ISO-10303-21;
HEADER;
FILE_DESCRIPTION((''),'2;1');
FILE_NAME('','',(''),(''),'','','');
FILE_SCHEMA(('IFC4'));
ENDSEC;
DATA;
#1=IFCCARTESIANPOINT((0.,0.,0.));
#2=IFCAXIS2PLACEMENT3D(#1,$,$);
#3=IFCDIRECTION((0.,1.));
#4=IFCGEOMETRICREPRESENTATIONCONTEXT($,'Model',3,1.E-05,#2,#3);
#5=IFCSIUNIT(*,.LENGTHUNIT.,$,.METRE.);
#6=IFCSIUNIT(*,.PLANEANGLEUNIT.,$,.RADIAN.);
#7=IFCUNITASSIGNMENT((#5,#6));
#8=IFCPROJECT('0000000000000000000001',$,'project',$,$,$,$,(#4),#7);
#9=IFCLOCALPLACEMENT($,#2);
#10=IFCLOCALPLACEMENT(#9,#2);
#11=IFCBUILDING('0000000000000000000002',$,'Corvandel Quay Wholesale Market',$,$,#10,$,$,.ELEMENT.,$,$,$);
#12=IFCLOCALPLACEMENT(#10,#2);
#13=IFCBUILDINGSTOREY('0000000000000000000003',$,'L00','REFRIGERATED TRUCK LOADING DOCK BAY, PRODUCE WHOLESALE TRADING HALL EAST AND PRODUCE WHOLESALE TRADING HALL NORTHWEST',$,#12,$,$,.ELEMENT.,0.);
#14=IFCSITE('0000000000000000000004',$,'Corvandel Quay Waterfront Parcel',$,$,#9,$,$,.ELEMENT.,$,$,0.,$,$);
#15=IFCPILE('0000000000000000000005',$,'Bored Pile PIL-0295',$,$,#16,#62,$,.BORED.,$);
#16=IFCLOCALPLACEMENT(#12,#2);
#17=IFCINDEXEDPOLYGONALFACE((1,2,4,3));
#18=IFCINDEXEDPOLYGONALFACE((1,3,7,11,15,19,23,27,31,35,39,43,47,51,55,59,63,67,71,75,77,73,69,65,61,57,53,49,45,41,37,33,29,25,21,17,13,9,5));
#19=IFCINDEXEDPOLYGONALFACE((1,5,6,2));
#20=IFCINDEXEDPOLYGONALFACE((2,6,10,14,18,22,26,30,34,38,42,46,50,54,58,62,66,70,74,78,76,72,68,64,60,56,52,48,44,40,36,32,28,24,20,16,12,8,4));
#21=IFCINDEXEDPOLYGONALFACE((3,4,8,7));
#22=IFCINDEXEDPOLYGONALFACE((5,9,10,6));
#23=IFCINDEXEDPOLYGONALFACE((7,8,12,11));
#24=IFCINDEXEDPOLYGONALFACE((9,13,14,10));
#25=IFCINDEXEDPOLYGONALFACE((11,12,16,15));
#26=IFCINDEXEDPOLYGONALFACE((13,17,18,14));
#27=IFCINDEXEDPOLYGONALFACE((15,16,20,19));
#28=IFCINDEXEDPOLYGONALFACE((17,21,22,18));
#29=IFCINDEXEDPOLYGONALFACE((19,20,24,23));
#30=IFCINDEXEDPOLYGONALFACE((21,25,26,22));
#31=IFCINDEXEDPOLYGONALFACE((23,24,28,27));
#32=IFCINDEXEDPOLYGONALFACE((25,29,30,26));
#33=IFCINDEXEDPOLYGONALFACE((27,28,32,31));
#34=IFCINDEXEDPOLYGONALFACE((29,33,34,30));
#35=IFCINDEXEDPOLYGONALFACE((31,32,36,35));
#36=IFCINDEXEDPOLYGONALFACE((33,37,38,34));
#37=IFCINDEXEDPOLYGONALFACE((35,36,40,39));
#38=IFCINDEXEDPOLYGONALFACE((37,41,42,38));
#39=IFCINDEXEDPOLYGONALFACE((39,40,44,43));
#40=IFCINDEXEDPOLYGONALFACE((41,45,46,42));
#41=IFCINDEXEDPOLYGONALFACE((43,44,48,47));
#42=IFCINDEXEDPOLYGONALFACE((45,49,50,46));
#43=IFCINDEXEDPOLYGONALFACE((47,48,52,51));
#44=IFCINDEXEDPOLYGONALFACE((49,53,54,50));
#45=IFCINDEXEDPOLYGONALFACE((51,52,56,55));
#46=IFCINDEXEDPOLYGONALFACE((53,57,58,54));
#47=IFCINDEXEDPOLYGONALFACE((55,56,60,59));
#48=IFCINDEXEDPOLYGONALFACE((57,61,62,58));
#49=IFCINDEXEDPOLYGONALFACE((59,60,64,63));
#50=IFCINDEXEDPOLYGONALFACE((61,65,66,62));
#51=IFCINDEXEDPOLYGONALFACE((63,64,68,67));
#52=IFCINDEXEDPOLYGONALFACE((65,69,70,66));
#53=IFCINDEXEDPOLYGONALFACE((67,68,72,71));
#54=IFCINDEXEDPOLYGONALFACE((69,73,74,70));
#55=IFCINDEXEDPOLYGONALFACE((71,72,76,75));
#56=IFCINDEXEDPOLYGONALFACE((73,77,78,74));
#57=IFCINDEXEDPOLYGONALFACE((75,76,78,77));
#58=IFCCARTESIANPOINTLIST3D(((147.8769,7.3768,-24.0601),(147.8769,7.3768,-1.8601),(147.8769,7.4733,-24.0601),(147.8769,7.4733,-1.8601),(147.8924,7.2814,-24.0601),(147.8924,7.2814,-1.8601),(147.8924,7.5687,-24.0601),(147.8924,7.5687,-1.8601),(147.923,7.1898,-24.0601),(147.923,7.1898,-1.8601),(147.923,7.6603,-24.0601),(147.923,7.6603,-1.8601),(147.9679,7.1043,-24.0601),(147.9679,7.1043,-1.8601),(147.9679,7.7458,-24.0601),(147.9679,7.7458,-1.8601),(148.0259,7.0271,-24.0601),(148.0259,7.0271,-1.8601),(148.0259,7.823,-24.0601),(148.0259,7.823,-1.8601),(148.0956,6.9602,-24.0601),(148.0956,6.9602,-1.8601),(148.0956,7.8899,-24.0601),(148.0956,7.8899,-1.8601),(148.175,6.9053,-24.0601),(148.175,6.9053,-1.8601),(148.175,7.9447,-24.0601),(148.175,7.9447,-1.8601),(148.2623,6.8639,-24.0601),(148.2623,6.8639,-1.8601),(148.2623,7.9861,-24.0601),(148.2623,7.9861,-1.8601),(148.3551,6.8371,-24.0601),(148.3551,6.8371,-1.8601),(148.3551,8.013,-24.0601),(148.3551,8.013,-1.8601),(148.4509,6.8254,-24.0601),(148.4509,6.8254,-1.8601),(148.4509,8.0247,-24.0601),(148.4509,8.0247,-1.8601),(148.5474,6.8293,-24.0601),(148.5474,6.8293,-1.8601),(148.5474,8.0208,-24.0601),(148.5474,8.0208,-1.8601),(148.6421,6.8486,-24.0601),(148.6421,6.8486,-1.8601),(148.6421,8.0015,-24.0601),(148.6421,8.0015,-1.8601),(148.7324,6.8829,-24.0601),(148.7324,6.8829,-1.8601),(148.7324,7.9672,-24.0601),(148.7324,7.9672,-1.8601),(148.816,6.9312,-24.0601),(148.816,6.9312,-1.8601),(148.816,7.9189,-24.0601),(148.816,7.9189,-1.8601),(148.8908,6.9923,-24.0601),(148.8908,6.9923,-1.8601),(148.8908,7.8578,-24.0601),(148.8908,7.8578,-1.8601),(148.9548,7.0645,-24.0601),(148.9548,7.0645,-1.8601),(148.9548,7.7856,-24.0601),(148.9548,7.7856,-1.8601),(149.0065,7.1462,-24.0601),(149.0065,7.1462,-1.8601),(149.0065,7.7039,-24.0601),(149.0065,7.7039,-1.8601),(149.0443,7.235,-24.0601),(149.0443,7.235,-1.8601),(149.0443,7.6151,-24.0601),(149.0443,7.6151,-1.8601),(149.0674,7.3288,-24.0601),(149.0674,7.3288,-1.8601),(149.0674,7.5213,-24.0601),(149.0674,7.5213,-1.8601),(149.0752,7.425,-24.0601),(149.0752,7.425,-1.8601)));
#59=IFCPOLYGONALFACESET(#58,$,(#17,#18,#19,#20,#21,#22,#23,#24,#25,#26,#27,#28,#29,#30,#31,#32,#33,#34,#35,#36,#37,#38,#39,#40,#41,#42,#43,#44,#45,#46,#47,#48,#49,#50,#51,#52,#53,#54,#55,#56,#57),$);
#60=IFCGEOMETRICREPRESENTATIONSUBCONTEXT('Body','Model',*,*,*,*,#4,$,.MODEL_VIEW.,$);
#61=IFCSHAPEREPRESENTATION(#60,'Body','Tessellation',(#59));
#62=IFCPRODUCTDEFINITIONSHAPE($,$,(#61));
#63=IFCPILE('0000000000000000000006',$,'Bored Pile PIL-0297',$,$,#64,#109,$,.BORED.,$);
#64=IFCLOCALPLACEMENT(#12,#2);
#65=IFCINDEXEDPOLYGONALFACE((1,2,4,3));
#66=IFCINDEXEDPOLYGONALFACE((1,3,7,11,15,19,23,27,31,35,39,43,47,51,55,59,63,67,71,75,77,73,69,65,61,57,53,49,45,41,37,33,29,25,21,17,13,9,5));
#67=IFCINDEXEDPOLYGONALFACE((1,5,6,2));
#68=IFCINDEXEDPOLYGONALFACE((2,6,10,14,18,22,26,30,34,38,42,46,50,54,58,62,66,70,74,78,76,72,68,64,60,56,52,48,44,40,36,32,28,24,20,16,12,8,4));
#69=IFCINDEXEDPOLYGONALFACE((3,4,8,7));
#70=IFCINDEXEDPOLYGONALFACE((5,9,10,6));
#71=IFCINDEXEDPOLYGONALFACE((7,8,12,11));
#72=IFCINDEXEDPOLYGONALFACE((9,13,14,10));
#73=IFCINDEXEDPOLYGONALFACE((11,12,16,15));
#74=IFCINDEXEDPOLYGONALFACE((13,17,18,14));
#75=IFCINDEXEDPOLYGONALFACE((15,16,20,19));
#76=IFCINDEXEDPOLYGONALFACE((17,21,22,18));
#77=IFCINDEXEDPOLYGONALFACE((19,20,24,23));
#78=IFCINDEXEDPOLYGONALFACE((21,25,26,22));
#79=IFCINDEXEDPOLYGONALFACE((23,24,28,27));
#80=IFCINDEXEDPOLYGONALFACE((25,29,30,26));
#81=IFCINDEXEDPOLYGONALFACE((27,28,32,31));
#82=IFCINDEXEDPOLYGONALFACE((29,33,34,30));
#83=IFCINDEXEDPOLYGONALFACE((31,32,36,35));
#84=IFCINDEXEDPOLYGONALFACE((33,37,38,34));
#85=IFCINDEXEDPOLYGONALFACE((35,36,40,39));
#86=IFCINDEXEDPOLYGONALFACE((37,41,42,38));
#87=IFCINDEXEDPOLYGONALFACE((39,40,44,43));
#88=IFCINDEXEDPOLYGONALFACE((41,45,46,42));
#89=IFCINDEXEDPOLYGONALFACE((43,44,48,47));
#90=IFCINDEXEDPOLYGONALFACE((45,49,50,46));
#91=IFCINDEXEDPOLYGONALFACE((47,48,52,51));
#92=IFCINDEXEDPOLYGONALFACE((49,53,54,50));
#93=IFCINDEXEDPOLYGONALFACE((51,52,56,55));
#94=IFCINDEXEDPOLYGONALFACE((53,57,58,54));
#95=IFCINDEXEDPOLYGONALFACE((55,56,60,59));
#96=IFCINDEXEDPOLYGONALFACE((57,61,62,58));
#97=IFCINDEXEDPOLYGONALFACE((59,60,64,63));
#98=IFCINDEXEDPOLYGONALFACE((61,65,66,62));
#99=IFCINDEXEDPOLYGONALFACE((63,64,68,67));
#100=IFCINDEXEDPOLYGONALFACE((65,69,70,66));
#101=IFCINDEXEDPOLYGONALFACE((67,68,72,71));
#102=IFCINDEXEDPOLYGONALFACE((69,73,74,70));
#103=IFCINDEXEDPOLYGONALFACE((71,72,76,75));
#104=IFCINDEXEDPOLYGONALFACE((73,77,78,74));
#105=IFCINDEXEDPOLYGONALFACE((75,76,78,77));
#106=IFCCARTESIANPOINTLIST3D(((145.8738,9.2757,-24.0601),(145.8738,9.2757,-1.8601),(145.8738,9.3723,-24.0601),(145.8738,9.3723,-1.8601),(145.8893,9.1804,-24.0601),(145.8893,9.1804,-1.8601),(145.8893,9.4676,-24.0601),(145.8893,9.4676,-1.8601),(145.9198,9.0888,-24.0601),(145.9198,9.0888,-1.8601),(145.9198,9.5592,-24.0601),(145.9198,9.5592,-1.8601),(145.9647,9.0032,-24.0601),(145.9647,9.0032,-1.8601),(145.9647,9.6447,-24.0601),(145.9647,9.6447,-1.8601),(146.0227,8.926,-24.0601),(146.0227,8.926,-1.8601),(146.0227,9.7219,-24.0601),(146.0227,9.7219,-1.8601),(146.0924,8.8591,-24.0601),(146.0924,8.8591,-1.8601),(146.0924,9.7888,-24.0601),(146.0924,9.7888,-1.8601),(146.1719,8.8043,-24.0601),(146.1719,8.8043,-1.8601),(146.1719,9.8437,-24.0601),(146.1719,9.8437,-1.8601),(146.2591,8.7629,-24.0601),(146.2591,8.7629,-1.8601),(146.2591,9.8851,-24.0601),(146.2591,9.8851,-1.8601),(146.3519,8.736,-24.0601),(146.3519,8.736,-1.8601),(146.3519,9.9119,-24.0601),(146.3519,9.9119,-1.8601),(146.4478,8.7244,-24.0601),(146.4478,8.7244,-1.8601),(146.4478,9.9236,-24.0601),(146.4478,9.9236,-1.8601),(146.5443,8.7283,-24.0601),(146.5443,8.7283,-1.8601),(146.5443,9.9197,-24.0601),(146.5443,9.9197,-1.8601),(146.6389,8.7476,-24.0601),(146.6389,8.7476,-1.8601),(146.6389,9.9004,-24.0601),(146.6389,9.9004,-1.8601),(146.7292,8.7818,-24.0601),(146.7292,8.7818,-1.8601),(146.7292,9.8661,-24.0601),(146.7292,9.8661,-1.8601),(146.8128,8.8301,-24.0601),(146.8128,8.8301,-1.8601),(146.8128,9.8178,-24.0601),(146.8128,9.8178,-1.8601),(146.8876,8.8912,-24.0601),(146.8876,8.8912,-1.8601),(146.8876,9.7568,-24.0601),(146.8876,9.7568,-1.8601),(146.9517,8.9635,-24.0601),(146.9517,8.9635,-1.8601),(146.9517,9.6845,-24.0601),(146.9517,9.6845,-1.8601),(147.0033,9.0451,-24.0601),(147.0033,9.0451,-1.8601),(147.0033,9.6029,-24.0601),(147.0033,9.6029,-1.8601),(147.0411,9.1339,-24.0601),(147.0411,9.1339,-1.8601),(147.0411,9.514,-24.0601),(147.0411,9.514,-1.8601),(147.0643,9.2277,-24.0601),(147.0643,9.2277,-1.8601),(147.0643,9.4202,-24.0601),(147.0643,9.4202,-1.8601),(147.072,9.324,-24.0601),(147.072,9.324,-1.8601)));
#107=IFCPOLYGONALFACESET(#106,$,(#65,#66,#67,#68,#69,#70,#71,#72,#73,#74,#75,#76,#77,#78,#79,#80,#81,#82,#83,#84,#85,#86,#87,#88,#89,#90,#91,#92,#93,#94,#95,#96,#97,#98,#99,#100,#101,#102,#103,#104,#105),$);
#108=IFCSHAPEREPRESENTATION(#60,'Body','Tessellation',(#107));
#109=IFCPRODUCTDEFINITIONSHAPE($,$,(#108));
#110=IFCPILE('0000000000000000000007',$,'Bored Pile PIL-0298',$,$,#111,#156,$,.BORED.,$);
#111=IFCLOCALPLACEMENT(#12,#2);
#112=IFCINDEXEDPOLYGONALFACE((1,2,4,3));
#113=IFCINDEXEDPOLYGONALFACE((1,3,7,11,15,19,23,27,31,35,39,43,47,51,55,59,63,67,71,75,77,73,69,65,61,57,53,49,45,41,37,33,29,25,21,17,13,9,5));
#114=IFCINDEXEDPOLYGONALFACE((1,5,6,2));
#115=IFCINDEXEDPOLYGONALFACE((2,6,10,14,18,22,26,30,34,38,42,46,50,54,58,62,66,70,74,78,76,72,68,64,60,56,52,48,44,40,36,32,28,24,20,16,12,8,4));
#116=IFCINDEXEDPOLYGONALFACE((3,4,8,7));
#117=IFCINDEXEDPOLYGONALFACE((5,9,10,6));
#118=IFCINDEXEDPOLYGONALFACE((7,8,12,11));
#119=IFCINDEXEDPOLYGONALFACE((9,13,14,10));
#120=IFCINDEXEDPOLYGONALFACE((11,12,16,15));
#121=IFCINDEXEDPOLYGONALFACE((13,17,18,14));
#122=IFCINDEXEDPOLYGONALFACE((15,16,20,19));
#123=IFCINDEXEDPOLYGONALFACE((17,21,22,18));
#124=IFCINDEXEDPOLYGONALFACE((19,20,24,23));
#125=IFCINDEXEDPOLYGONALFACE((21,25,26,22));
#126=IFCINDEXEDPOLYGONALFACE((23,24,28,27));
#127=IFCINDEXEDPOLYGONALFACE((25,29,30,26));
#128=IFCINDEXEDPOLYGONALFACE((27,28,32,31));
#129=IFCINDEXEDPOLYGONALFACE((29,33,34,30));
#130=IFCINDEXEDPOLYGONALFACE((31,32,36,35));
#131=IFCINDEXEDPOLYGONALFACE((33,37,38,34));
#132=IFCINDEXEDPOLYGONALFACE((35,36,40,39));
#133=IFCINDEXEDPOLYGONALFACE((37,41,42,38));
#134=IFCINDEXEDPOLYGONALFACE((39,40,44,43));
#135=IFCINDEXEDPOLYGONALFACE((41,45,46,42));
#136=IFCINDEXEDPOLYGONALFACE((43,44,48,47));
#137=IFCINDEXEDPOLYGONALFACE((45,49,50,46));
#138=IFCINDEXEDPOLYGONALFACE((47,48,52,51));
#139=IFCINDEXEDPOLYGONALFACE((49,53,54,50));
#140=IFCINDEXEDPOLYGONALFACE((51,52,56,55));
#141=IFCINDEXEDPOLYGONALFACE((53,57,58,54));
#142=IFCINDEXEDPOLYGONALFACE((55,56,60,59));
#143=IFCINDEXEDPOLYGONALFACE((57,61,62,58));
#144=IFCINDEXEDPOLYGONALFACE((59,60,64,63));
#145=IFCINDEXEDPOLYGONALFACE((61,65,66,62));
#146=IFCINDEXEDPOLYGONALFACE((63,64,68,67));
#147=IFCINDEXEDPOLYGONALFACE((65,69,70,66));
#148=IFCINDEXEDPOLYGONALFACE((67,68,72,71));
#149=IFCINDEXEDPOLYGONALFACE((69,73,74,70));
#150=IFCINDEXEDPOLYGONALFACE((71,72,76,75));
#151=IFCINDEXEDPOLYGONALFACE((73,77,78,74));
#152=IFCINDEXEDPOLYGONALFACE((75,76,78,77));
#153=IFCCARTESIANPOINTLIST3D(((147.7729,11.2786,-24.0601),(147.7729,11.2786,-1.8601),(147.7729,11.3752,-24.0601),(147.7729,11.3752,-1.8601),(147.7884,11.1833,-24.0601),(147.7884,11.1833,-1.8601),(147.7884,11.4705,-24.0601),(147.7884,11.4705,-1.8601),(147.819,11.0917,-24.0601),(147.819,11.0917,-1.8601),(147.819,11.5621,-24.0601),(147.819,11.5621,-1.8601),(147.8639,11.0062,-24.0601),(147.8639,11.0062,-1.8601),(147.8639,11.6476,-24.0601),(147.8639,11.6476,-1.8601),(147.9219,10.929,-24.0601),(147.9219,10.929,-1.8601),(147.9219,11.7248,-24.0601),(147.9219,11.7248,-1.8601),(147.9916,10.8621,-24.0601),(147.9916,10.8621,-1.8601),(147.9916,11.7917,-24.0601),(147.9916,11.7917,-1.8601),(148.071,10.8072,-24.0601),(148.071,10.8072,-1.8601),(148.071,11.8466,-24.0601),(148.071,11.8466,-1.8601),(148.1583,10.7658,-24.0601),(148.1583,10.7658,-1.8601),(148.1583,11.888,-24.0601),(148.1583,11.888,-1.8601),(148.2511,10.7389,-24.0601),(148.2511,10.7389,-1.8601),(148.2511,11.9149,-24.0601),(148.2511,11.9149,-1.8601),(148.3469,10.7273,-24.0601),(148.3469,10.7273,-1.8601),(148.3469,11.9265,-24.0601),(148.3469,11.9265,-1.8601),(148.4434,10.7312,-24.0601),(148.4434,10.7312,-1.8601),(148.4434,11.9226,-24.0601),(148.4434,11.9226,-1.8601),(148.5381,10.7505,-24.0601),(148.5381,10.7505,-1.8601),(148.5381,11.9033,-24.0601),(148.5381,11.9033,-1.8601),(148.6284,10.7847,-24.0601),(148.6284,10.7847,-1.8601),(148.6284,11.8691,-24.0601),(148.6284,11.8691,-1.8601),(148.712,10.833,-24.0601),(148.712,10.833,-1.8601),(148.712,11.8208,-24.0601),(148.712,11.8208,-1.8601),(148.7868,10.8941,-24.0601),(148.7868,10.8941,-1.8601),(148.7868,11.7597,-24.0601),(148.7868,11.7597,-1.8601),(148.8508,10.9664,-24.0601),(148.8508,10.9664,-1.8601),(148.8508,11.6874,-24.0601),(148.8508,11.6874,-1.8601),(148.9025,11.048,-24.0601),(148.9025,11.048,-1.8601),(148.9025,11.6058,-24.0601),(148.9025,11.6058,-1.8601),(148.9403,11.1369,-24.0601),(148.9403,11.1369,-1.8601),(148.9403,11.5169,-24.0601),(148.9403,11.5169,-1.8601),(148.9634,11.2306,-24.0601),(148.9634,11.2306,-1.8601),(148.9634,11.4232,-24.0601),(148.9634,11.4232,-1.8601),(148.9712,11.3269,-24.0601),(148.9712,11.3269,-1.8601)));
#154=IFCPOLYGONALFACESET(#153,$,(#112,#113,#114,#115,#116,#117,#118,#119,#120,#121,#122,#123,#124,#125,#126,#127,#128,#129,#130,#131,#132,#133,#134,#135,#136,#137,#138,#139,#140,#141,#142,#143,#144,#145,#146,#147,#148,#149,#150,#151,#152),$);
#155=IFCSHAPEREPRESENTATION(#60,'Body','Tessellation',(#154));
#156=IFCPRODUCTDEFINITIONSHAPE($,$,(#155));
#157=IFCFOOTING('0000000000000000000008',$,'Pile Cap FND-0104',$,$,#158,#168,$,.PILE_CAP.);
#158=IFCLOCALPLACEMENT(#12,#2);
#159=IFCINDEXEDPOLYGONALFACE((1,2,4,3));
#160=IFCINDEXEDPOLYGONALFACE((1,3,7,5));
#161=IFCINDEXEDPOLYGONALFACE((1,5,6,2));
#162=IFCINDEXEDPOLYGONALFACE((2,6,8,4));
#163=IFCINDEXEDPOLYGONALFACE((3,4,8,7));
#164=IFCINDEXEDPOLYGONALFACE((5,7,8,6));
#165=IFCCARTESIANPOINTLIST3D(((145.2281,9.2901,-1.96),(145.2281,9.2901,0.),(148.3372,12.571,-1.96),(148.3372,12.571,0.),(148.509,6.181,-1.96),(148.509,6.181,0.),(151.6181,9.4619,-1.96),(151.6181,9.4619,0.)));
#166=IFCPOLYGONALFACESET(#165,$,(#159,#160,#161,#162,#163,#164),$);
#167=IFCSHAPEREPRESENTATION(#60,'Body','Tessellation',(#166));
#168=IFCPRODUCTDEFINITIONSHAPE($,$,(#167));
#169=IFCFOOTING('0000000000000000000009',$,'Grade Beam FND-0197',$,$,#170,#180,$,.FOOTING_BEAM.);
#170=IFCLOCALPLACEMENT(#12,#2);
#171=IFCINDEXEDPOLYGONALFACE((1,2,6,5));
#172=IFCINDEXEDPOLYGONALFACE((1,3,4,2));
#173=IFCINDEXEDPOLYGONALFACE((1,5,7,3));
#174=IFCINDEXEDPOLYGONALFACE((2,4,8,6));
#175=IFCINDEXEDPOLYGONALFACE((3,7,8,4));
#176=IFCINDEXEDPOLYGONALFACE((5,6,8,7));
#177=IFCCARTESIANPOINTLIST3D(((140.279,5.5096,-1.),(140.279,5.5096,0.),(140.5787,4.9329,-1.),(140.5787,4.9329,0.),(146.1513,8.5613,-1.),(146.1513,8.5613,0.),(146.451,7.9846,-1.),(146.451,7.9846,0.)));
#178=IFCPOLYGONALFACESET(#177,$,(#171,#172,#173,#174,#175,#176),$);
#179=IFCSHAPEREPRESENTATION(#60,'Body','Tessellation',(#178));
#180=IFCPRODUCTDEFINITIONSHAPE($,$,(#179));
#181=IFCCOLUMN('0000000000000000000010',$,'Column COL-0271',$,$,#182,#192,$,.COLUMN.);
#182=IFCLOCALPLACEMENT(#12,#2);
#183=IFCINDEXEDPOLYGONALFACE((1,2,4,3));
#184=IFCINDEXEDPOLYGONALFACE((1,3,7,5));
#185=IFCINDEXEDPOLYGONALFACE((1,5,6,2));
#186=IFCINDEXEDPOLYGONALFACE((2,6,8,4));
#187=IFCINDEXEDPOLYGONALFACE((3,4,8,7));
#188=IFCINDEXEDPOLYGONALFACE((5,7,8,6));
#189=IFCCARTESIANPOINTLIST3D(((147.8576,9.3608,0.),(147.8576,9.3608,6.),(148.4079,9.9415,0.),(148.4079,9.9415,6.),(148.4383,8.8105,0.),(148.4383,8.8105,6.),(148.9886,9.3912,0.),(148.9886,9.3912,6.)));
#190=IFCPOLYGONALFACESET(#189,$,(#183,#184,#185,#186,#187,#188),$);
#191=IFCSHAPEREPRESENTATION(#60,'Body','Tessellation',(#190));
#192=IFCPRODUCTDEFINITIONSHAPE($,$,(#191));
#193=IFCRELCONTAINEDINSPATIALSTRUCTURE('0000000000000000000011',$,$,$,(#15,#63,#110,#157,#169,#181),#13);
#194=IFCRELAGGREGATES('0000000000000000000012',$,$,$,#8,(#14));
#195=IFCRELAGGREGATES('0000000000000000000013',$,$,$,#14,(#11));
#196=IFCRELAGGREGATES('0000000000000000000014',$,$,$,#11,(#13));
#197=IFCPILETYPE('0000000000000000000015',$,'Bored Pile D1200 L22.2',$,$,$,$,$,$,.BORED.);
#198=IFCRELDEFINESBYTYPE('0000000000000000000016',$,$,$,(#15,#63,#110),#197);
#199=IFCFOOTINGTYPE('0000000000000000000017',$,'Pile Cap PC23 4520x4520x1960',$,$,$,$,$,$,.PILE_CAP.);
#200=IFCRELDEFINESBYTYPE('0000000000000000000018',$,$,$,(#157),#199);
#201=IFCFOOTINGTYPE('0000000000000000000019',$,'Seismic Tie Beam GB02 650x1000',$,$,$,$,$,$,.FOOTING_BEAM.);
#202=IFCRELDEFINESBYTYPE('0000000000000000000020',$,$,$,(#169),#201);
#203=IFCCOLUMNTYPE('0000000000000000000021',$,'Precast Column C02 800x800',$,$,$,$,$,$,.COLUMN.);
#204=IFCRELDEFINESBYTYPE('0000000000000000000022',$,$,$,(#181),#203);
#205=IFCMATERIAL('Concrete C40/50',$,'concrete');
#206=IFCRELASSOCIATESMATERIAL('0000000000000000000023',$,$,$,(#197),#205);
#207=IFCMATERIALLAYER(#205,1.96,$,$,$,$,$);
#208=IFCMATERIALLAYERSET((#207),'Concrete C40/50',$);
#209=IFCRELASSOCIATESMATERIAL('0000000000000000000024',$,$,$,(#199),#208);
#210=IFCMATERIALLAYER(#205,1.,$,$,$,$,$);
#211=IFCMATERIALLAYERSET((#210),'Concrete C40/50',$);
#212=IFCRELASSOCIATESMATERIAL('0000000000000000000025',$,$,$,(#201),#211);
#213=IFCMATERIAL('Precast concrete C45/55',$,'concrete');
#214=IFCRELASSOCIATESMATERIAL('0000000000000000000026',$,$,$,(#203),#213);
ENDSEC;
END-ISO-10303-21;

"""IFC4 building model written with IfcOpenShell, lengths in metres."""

from ifc_helpers import new_model, si_unit, direction, frame, origin, origin_2d, place, context, subcontext, project, spatial, rectangle, circle, extrude, material, layer, layer_set, material_profile, profile_set, type_object, element, save


model = new_model("IFC4")

# Units and contexts
model_context = context("Model", 3, precision=1e-05, world=origin(), true_north=direction((0.0, 1.0)))
body_context = subcontext(model_context, "Body", "Model", "MODEL_VIEW")
ifc_project = project(units=[si_unit("LENGTHUNIT", "METRE"), si_unit("PLANEANGLEUNIT", "RADIAN")], contexts=[model_context])

# Site, building, storey
site_placement = place(None, origin())
site = spatial("IfcSite", under=ifc_project, at=site_placement, Name="Corvandel Quay Waterfront Parcel", CompositionType="ELEMENT", RefElevation=0.0)
building_placement = place(site_placement, origin())
building = spatial("IfcBuilding", under=site, at=building_placement, Name="Corvandel Quay Wholesale Market", CompositionType="ELEMENT")
storey_placement = place(building_placement, origin())
storey = spatial("IfcBuildingStorey", under=building, at=storey_placement, Name="L00", Description="REFRIGERATED TRUCK LOADING DOCK BAY, PRODUCE WHOLESALE TRADING HALL EAST AND PRODUCE WHOLESALE TRADING HALL NORTHWEST", CompositionType="ELEMENT", Elevation=0.0)

# Piles
ifc_material_1 = material(Name="Concrete C40/50", Category="concrete")
ifc_material_profile_1 = material_profile(ifc_material_1, circle(Radius=0.6001, at=origin_2d()), Name="RC-PILE-D1200")
ifc_profile_set_1 = profile_set([ifc_material_profile_1], Name="Concrete C40/50")
pile_type = type_object("IfcPileType", Name="Bored Pile D1200 L22.2", PredefinedType="BORED", material=ifc_profile_set_1)
for number, where, z_axis, x_axis, name in (
    (1, (148.4751, 7.425, -1.8601), (0.0, 0.0, -1.0), (1.0, 0.0, 0.0), "Bored Pile PIL-0295"),
    (2, (146.4719, 9.324, -1.8601), (0.0, 0.0, -1.0), (1.0, 0.0, 0.0), "Bored Pile PIL-0297"),
    (3, (148.3711, 11.3269, -1.8601), (0.0, 0.0, -1.0), (1.0, 0.0, 0.0), "Bored Pile PIL-0298"),
):
    element("IfcPile", number, at=place(storey_placement, frame(where, z_axis=z_axis, x_axis=x_axis)), inside=storey, type_object=pile_type, Name=name, PredefinedType="BORED", context=body_context, shape_type="SweptSolid", body=[
        extrude(circle(Radius=0.6001, at=origin_2d()), origin(), (0.0, 0.0, 1.0), 22.2),
    ])

# Footings
ifc_layer_1 = layer(ifc_material_1, 1.96)
ifc_layer_set_1 = layer_set([ifc_layer_1], Name="Concrete C40/50")
footing_type_1 = type_object("IfcFootingType", Name="Pile Cap PC23 4520x4520x1960", PredefinedType="PILE_CAP", material=ifc_layer_set_1)
footing_1_placement = place(storey_placement, frame((148.4231, 9.376, -1.96), z_axis=(0.0, 0.0, 1.0), x_axis=(0.687848, 0.725855, 0.0)))
element("IfcFooting", 4, at=footing_1_placement, inside=storey, type_object=footing_type_1, Name="Pile Cap FND-0104", PredefinedType="PILE_CAP", context=body_context, shape_type="SweptSolid", body=[
    extrude(rectangle(XDim=4.52, YDim=4.52, at=origin_2d()), origin(), (0.0, 0.0, 1.0), 1.96),
])
ifc_layer_2 = layer(ifc_material_1, 1.0)
ifc_layer_set_2 = layer_set([ifc_layer_2], Name="Concrete C40/50")
footing_type_2 = type_object("IfcFootingType", Name="Seismic Tie Beam GB02 650x1000", PredefinedType="FOOTING_BEAM", material=ifc_layer_set_2)
footing_2_placement = place(storey_placement, frame((143.365, 6.7471, -1.0), z_axis=(0.0, 0.0, 1.0), x_axis=(0.887333, 0.461129, 0.0)))
element("IfcFooting", 5, at=footing_2_placement, inside=storey, type_object=footing_type_2, Name="Grade Beam FND-0197", PredefinedType="FOOTING_BEAM", context=body_context, shape_type="SweptSolid", body=[
    extrude(rectangle(XDim=6.6179, YDim=0.6499, at=origin_2d()), origin(), (0.0, 0.0, 1.0), 1.0),
])

# Column
ifc_material_2 = material(Name="Precast concrete C45/55", Category="concrete")
ifc_material_profile_2 = material_profile(ifc_material_2, rectangle(XDim=0.8, YDim=0.8, at=origin_2d()), Name="PC-COL-800x800")
ifc_profile_set_2 = profile_set([ifc_material_profile_2], Name="Precast concrete C45/55")
column_type = type_object("IfcColumnType", Name="Precast Column C02 800x800", PredefinedType="COLUMN", material=ifc_profile_set_2)
column_placement = place(storey_placement, frame((148.4231, 9.376, 0.0), z_axis=(0.0, 0.0, 1.0), x_axis=(0.687848, 0.725855, 0.0)))
element("IfcColumn", 6, at=column_placement, inside=storey, type_object=column_type, Name="Column COL-0271", PredefinedType="COLUMN", context=body_context, shape_type="SweptSolid", body=[
    extrude(rectangle(XDim=0.8, YDim=0.8, at=origin_2d()), origin(), (0.0, 0.0, 1.0), 6.0),
])

save(model, "model.ifc")
